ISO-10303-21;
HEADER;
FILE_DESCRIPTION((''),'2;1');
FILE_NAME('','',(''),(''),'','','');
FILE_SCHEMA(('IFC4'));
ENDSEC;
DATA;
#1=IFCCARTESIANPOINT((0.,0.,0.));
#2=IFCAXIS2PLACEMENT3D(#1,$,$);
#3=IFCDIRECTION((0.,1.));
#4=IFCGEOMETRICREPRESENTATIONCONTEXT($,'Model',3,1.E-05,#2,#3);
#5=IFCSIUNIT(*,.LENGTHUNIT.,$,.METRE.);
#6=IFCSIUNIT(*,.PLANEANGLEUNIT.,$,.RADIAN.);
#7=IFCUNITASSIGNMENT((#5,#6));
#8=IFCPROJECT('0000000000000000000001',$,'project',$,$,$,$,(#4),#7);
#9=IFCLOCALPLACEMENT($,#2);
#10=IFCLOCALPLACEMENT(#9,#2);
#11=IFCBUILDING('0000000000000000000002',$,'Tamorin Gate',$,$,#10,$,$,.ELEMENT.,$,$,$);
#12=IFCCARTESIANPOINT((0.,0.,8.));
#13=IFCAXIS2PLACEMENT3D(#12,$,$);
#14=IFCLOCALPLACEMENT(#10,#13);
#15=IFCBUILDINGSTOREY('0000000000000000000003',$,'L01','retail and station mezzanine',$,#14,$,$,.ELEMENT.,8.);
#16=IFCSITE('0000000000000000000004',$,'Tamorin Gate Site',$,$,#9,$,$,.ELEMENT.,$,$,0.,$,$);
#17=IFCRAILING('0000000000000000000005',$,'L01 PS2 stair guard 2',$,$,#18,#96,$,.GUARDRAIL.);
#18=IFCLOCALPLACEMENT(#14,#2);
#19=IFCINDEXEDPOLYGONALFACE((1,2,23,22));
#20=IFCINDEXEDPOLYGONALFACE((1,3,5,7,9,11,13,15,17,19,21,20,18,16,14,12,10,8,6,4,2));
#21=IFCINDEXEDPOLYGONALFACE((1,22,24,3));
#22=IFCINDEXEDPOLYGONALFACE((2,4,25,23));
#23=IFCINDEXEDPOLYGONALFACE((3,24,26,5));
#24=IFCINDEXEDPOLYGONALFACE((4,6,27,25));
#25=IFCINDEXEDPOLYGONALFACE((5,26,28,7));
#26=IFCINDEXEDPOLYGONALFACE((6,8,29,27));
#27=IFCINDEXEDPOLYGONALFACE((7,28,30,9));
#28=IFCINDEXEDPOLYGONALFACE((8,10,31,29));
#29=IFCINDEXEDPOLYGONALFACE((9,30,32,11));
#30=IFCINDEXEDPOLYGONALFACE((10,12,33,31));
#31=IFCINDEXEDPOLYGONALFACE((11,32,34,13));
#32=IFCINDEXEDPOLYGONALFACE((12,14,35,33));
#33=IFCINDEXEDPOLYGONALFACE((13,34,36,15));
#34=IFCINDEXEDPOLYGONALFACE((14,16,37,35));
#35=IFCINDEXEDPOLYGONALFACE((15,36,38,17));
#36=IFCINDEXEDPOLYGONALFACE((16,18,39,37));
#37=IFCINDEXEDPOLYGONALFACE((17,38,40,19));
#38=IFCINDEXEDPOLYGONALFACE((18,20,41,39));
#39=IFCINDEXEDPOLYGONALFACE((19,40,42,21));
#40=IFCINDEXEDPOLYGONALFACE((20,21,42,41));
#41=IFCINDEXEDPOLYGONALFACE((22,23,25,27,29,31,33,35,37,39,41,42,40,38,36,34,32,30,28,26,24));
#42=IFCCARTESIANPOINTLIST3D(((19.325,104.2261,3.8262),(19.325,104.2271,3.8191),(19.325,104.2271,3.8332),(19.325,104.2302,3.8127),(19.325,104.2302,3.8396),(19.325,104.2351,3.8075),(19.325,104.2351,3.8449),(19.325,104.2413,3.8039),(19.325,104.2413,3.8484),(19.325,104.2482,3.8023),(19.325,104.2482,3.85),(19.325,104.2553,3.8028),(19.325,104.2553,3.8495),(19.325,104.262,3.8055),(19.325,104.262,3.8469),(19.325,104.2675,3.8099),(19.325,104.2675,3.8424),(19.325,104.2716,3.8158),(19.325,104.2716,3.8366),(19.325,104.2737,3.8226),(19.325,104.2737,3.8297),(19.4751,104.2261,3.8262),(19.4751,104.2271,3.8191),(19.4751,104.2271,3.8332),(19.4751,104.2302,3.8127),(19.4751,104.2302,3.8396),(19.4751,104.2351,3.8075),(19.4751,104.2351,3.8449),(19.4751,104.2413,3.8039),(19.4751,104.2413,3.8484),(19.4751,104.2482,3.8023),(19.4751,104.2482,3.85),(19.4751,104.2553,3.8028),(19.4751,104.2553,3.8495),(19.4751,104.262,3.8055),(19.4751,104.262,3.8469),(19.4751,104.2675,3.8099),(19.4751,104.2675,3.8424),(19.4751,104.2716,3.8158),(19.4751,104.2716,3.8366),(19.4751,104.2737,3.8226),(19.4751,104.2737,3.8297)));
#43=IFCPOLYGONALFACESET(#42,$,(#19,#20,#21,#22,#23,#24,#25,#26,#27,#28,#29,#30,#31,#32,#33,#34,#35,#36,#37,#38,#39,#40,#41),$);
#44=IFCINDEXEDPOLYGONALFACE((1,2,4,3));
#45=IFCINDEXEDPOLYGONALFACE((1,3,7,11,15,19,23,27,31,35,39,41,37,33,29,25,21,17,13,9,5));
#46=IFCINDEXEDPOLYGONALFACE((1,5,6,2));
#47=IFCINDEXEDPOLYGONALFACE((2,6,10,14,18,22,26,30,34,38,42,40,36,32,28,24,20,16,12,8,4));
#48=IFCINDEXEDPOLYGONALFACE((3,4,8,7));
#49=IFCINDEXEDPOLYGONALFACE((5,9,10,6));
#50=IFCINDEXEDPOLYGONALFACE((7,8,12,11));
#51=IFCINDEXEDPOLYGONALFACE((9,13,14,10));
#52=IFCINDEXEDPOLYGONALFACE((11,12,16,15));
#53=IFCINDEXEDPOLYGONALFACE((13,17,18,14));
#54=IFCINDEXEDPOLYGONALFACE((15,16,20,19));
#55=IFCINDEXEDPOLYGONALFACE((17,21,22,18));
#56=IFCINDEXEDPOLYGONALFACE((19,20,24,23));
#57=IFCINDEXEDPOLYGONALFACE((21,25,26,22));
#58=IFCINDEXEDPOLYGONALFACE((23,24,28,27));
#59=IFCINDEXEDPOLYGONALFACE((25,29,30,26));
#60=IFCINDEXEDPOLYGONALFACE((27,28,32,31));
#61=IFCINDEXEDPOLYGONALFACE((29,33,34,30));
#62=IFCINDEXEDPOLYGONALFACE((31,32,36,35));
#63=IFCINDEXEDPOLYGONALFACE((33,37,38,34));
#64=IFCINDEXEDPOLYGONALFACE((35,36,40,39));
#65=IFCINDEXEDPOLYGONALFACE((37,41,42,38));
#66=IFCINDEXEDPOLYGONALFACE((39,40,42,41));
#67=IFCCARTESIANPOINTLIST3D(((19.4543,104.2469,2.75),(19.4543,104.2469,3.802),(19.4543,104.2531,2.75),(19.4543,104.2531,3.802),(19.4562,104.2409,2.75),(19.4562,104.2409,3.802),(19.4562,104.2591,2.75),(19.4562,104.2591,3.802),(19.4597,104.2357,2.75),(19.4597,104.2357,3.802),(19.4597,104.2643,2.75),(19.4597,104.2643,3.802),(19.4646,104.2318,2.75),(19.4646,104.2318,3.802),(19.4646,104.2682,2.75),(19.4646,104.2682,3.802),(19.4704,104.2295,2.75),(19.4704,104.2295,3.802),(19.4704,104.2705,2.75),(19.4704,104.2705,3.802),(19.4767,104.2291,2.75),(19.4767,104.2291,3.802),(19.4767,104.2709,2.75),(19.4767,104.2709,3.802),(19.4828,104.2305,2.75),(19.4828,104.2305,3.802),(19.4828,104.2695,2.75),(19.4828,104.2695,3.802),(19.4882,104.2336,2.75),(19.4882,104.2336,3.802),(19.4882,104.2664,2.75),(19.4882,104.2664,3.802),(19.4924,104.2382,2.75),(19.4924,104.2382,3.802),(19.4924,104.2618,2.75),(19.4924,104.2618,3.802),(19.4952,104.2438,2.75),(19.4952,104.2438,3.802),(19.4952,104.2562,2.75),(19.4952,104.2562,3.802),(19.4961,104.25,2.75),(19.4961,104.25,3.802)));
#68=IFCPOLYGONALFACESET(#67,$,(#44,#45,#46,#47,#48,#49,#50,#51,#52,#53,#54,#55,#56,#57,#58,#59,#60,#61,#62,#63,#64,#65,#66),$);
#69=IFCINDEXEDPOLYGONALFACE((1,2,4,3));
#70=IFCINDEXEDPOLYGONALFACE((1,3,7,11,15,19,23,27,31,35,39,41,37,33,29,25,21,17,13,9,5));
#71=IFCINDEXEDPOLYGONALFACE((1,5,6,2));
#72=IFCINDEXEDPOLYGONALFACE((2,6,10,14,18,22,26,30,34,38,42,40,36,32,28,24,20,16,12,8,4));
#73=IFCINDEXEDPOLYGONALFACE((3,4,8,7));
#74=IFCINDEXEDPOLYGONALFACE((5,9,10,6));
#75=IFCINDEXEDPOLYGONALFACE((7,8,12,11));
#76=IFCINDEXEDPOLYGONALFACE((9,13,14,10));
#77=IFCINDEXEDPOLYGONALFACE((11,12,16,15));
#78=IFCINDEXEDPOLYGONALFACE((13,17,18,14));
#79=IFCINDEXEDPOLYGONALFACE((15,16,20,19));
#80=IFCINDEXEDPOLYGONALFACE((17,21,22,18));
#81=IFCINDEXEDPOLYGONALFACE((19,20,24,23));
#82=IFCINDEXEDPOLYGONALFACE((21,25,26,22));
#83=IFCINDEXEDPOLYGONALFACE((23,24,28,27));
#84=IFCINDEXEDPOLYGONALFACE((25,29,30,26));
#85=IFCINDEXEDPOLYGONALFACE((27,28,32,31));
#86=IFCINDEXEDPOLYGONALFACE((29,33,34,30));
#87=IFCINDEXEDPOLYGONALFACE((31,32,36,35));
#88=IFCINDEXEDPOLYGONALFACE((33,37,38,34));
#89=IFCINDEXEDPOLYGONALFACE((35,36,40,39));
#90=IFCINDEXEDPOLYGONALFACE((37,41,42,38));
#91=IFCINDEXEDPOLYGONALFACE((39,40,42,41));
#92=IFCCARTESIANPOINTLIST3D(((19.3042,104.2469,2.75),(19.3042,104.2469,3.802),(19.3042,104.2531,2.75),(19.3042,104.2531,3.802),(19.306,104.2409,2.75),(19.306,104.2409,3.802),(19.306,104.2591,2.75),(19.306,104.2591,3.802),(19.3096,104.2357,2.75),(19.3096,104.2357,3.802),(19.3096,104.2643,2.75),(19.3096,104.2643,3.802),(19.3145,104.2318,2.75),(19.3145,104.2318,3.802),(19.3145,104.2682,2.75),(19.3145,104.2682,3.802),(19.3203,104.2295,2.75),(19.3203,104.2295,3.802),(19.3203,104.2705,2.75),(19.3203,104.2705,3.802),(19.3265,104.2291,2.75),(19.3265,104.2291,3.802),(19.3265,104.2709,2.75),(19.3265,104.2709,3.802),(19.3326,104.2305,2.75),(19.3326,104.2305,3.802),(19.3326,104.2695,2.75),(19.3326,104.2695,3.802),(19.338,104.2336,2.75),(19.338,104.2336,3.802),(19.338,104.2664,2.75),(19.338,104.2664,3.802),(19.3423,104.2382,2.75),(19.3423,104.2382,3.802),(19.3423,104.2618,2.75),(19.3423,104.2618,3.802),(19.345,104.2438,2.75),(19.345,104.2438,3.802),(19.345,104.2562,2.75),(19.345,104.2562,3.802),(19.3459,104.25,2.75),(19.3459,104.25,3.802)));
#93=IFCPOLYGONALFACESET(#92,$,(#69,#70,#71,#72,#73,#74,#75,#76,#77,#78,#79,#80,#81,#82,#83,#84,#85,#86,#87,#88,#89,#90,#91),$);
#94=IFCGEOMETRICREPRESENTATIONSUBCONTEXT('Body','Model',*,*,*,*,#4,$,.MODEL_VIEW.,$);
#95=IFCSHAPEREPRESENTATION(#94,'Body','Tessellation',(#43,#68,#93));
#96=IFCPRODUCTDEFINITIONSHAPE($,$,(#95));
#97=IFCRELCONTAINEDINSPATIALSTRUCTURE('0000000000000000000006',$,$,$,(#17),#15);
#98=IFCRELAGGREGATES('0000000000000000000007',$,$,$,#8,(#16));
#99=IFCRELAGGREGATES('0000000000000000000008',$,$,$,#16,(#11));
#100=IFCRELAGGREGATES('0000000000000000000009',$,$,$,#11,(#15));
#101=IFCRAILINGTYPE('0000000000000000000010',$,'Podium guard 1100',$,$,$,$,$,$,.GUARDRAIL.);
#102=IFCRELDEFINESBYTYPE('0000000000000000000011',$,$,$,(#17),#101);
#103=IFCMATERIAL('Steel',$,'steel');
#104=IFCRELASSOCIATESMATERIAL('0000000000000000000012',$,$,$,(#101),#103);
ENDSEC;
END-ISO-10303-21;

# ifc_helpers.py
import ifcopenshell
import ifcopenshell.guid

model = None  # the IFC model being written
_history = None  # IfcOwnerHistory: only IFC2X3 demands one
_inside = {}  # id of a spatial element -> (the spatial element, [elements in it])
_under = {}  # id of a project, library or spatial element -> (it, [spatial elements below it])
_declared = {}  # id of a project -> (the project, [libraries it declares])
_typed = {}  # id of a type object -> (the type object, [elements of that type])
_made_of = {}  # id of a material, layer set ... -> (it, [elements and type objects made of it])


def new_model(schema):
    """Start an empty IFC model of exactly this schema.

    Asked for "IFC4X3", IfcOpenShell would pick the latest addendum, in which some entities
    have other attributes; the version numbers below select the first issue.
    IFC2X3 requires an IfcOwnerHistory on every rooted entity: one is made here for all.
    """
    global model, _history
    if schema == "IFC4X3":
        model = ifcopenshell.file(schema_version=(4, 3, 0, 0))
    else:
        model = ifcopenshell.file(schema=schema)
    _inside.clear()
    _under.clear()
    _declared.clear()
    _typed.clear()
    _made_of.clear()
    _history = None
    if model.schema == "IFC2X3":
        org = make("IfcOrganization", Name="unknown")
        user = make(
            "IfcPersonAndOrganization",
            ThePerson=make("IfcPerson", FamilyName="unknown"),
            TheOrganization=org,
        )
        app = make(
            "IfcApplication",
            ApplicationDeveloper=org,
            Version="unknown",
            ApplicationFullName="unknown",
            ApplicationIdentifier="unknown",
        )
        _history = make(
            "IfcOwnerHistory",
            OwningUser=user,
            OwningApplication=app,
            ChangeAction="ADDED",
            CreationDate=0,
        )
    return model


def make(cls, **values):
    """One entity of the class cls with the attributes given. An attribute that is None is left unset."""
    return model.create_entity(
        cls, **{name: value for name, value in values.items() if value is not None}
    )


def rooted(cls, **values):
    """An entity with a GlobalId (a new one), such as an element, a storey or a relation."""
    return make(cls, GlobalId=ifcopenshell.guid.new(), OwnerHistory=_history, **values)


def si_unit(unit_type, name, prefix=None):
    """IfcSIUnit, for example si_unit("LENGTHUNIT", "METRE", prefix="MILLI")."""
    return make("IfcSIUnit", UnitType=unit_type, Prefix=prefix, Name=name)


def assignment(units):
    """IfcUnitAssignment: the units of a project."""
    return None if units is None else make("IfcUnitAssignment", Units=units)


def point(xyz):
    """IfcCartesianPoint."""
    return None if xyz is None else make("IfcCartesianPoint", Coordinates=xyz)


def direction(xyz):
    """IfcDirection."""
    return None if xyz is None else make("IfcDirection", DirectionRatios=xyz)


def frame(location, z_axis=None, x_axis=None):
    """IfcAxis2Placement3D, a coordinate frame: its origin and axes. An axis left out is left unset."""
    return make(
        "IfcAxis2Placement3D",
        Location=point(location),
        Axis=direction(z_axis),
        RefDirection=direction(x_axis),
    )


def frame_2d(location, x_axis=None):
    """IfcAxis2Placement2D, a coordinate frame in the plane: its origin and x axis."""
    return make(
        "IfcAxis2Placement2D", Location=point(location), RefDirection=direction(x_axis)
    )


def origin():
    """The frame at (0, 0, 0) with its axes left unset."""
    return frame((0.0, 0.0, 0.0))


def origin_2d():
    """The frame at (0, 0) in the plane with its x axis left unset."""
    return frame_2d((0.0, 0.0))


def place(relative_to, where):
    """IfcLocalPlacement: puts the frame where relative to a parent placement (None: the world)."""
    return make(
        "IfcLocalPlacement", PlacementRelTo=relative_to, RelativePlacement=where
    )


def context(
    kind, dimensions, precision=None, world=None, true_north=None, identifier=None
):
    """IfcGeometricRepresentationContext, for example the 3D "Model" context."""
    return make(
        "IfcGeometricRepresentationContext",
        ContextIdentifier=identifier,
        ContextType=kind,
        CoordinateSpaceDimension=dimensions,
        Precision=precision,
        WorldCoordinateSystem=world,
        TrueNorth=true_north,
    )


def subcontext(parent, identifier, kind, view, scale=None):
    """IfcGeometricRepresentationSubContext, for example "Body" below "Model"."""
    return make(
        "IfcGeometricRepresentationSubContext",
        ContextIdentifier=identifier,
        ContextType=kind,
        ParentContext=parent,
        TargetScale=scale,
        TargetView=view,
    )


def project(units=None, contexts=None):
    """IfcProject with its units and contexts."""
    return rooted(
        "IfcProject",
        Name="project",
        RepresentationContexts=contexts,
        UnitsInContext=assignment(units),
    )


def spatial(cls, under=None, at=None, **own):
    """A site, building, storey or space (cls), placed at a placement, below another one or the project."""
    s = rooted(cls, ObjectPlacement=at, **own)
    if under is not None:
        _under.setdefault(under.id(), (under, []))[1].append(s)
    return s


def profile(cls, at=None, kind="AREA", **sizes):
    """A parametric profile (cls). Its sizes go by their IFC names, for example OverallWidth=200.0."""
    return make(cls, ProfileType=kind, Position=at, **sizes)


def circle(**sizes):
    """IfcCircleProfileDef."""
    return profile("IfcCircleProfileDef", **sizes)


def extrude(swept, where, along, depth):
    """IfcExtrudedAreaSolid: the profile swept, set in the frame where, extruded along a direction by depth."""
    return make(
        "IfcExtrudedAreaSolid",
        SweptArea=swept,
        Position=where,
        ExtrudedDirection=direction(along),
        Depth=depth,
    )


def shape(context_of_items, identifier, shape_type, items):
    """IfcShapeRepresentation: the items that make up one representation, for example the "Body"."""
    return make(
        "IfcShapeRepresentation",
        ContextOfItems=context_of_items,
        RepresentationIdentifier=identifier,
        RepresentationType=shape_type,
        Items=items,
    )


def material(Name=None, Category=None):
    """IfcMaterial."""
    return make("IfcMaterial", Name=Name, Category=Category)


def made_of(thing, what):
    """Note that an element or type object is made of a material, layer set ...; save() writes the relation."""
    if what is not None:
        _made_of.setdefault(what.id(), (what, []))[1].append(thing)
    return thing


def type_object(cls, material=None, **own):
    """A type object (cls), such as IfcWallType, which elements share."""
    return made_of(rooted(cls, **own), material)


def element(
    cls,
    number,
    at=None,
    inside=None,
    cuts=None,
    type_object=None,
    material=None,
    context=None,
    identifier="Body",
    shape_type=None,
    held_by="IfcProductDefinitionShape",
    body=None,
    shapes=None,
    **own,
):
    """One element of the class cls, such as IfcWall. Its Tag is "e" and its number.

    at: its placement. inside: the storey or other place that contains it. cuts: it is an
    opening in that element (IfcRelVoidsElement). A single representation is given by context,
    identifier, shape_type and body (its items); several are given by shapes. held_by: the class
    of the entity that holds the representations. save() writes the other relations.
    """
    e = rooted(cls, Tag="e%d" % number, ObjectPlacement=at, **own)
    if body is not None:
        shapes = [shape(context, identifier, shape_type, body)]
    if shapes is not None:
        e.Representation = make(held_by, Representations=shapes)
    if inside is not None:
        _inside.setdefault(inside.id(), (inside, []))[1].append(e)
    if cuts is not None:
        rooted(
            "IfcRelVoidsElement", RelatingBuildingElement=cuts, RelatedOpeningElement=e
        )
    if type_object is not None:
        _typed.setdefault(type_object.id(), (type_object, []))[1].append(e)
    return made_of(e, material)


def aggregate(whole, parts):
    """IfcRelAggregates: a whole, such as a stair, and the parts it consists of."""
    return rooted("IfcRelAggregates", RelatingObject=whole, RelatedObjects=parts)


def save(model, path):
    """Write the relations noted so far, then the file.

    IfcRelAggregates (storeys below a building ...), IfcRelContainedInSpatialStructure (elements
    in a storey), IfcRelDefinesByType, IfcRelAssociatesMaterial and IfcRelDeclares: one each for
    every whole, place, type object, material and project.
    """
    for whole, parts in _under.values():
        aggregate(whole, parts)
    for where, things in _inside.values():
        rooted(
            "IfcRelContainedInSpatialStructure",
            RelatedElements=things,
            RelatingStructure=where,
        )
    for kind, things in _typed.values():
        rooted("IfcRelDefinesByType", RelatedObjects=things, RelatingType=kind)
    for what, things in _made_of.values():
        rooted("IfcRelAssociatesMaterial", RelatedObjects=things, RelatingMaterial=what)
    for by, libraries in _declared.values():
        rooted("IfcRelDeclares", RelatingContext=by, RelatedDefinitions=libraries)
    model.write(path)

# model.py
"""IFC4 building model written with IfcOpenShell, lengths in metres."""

from ifc_helpers import new_model, si_unit, direction, frame, origin, origin_2d, place, context, subcontext, project, spatial, circle, extrude, material, type_object, element, save


model = new_model("IFC4")

# Units and contexts
model_context = context("Model", 3, precision=1e-05, world=origin(), true_north=direction((0.0, 1.0)))
body_context = subcontext(model_context, "Body", "Model", "MODEL_VIEW")
ifc_project = project(units=[si_unit("LENGTHUNIT", "METRE"), si_unit("PLANEANGLEUNIT", "RADIAN")], contexts=[model_context])

# Site, building, storey
site_placement = place(None, origin())
site = spatial("IfcSite", under=ifc_project, at=site_placement, Name="Tamorin Gate Site", CompositionType="ELEMENT", RefElevation=0.0)
building_placement = place(site_placement, origin())
building = spatial("IfcBuilding", under=site, at=building_placement, Name="Tamorin Gate", CompositionType="ELEMENT")
storey_placement = place(building_placement, frame((0.0, 0.0, 8.0)))
storey = spatial("IfcBuildingStorey", under=building, at=storey_placement, Name="L01", Description="retail and station mezzanine", CompositionType="ELEMENT", Elevation=8.0)

# Railing
ifc_material_1 = material(Name="Steel", Category="steel")
railing_type_1 = type_object("IfcRailingType", Name="Podium guard 1100", PredefinedType="GUARDRAIL", material=ifc_material_1)
railing_1_placement = place(storey_placement, frame((19.4751, 104.25, 2.75)))
element("IfcRailing", 1, at=railing_1_placement, inside=storey, type_object=railing_type_1, Name="L01 PS2 stair guard 2", PredefinedType="GUARDRAIL", context=body_context, shape_type="SweptSolid", body=[
    extrude(circle(Radius=0.0239, at=origin_2d()), frame((0.0, 0.0, 1.0762), z_axis=(-1.0, 0.0, 0.0), x_axis=(0.0, -1.0, 0.0)), (0.0, 0.0, 1.0), 0.1501),
    extrude(circle(Radius=0.021, at=origin_2d()), origin(), (0.0, 0.0, 1.0), 1.052),
    extrude(circle(Radius=0.021, at=origin_2d()), frame((-0.1501, 0.0, 0.0)), (0.0, 0.0, 1.0), 1.052),
])

save(model, "model.ifc")
